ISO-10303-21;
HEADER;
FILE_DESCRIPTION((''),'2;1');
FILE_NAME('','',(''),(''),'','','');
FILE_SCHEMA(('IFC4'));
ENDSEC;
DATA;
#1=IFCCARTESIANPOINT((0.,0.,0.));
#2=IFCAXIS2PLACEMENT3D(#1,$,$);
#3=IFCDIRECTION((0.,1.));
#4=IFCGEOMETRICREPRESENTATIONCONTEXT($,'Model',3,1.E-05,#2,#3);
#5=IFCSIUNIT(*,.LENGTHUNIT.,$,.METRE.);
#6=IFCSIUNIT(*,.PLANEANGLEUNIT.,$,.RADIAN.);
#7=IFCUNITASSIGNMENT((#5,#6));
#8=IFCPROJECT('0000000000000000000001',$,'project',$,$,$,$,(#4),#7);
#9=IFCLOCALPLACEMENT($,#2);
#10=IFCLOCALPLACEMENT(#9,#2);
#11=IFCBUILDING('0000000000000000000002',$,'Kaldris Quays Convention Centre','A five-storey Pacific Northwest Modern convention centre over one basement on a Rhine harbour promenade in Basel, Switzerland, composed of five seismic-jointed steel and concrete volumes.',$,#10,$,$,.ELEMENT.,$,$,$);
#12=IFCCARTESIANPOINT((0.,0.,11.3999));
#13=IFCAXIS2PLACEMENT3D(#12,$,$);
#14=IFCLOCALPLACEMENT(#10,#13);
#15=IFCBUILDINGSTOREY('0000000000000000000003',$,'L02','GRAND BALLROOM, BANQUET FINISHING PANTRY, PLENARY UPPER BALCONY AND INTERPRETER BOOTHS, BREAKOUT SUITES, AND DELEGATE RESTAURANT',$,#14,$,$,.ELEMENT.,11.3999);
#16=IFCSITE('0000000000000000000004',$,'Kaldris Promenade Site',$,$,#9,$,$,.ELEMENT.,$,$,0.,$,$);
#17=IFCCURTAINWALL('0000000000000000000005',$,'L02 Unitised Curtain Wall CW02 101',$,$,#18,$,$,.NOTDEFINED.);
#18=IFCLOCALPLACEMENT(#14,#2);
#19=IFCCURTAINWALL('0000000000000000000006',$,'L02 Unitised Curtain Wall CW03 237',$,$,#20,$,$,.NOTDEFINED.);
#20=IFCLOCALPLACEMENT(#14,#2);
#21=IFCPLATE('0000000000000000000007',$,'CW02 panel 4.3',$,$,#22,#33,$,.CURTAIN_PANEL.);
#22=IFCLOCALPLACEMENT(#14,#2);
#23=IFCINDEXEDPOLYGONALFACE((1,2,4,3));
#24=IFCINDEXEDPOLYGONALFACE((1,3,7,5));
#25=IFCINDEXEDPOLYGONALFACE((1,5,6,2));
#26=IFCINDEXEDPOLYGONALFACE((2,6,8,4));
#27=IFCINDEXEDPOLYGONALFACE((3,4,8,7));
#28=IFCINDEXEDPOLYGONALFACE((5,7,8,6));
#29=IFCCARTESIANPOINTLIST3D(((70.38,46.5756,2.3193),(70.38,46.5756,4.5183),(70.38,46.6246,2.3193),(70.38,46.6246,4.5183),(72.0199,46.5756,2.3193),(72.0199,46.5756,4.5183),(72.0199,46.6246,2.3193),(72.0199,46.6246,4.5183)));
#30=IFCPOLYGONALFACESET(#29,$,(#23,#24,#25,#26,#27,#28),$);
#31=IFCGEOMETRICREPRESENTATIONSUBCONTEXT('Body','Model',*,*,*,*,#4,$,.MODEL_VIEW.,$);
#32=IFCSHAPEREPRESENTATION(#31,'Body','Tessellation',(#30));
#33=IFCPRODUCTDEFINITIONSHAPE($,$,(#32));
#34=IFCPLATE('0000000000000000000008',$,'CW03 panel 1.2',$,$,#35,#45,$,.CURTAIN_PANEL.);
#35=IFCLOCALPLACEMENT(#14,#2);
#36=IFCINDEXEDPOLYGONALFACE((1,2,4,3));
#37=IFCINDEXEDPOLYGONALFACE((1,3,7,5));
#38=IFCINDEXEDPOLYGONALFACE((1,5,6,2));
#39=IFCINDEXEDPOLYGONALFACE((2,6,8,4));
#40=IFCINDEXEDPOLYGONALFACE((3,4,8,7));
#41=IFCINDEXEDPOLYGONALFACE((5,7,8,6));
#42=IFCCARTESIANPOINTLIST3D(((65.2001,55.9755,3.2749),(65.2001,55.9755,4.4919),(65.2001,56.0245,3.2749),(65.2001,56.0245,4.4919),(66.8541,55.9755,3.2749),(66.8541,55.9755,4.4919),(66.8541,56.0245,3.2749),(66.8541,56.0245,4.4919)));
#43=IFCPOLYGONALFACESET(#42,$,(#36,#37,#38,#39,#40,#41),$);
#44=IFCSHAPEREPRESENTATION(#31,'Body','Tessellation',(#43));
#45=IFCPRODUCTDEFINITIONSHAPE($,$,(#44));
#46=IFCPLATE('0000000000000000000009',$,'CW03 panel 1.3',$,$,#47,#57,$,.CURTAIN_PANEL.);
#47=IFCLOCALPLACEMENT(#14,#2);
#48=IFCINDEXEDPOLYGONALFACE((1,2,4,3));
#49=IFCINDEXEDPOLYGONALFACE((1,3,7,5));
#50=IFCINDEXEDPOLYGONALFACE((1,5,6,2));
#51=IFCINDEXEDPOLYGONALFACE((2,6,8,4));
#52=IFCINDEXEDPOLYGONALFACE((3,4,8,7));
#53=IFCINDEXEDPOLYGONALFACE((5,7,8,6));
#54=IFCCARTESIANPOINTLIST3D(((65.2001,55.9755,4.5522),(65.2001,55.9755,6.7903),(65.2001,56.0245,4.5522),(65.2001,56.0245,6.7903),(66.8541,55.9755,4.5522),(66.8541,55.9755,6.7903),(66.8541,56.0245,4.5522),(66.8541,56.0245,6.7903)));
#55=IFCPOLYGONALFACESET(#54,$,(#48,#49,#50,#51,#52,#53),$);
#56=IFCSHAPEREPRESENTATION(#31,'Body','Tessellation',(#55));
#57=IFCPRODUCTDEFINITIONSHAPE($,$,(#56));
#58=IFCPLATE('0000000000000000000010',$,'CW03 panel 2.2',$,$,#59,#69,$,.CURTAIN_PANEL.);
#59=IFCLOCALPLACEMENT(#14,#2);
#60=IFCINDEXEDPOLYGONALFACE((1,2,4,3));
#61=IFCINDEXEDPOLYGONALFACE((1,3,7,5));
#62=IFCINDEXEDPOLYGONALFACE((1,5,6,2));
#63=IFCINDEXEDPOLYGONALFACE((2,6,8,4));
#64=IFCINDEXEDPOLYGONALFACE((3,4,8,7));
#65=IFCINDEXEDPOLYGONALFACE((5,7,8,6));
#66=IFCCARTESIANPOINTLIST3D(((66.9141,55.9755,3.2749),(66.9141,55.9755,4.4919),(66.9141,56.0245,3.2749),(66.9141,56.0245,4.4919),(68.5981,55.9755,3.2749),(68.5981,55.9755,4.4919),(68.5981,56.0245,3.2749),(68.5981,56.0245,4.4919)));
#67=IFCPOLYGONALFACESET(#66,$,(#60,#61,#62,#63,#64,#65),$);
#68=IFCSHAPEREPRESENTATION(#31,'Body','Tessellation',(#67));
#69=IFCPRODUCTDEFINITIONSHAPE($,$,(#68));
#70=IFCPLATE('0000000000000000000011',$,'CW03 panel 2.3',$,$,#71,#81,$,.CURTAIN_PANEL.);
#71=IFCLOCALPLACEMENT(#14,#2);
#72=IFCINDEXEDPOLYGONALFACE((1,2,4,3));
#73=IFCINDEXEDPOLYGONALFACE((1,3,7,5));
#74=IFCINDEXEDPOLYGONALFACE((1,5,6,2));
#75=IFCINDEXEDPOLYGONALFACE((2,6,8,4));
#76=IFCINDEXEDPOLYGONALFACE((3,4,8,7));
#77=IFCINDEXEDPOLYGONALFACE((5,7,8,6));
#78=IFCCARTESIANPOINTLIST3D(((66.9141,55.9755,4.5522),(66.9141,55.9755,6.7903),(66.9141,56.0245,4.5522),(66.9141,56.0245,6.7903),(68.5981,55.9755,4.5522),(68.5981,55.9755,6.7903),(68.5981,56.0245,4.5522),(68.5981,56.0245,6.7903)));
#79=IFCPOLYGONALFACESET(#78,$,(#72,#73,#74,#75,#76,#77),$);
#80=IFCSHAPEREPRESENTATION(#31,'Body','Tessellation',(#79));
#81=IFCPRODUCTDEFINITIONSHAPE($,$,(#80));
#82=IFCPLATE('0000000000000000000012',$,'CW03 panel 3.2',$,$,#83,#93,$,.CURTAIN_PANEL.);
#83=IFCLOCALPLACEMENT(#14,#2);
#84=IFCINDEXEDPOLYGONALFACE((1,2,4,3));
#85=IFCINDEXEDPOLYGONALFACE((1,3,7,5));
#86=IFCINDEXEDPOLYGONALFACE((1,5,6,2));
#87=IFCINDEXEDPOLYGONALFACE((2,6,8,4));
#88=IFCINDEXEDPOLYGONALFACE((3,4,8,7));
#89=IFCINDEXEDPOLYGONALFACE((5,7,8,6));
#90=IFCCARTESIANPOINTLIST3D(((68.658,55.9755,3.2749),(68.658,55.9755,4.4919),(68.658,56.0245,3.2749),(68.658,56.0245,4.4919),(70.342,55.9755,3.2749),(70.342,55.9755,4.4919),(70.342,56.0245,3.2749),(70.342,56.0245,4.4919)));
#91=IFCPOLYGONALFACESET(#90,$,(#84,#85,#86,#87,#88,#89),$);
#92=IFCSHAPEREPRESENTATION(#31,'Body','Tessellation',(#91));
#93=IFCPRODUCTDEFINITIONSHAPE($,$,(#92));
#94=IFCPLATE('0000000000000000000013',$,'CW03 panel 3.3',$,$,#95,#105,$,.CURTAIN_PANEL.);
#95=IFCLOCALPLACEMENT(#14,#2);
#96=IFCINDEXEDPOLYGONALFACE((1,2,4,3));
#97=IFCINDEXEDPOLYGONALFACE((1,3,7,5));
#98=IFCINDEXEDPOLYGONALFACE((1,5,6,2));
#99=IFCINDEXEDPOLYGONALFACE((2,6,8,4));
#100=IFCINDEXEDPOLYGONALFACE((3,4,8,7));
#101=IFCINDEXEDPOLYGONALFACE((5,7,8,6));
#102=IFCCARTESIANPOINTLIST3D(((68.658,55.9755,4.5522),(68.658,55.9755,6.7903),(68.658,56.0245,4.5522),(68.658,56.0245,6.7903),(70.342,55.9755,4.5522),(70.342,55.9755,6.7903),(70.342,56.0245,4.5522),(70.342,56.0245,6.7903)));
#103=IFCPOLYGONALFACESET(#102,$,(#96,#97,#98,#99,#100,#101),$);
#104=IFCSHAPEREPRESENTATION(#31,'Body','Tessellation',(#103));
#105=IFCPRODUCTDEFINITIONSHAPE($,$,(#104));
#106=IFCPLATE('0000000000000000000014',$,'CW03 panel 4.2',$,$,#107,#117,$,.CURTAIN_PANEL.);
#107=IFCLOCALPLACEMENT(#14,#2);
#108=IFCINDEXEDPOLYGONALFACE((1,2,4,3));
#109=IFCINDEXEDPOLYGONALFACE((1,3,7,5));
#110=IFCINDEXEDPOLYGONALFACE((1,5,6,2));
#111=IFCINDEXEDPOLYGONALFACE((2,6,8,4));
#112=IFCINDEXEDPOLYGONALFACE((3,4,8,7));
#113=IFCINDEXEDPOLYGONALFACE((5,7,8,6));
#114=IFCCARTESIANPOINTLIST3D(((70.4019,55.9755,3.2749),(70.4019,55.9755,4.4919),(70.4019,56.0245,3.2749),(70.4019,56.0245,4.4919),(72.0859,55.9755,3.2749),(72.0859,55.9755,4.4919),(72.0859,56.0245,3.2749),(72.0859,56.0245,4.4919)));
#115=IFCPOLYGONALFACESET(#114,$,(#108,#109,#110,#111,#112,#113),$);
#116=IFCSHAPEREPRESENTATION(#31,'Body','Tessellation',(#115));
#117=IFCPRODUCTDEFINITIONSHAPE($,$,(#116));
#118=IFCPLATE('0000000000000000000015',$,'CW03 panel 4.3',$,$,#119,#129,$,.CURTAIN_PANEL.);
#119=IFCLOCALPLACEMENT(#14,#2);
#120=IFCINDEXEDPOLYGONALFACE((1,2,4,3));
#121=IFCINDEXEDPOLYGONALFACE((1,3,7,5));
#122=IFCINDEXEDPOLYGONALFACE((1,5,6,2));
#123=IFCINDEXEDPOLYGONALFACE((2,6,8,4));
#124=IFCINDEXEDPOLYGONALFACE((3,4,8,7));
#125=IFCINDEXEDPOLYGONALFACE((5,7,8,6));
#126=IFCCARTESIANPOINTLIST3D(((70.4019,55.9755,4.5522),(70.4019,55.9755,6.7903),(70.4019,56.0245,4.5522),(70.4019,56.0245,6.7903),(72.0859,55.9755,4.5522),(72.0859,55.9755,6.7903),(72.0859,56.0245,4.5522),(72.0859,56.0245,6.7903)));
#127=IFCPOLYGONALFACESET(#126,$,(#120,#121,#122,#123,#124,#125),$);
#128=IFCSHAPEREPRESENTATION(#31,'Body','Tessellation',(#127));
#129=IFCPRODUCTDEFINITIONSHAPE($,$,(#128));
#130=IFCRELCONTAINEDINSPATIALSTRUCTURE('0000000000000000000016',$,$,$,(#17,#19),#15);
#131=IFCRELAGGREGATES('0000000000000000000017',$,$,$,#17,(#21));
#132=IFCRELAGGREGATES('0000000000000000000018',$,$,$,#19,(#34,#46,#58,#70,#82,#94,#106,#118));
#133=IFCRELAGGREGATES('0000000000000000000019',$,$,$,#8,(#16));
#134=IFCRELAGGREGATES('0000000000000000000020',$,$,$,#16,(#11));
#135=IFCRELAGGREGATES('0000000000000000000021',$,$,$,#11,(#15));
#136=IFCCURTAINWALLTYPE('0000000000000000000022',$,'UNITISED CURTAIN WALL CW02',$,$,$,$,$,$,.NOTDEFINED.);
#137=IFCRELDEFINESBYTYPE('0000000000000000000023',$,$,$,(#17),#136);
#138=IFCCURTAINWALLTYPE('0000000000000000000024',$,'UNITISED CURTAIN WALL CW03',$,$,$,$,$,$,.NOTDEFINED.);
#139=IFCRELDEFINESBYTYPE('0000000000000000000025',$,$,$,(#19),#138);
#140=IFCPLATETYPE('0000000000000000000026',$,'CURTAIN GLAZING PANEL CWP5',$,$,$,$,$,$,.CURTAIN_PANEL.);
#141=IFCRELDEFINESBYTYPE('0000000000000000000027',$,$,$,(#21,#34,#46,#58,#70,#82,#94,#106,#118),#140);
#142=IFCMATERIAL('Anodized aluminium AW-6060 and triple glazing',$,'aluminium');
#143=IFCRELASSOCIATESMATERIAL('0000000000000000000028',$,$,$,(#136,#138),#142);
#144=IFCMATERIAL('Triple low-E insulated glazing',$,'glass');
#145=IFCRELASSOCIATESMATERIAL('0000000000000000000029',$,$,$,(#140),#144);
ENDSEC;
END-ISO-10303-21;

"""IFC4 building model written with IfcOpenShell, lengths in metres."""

from ifc_helpers import new_model, si_unit, direction, frame, origin, origin_2d, place, context, subcontext, project, spatial, rectangle, extrude, material, type_object, element, aggregate, save


model = new_model("IFC4")

# Units and contexts
model_context = context("Model", 3, precision=1e-05, world=origin(), true_north=direction((0.0, 1.0)))
body_context = subcontext(model_context, "Body", "Model", "MODEL_VIEW")
ifc_project = project(units=[si_unit("LENGTHUNIT", "METRE"), si_unit("PLANEANGLEUNIT", "RADIAN")], contexts=[model_context])

# Site, building, storey
site_placement = place(None, origin())
site = spatial("IfcSite", under=ifc_project, at=site_placement, Name="Kaldris Promenade Site", CompositionType="ELEMENT", RefElevation=0.0)
building_placement = place(site_placement, origin())
building = spatial("IfcBuilding", under=site, at=building_placement, Name="Kaldris Quays Convention Centre", Description="A five-storey Pacific Northwest Modern convention centre over one basement on a Rhine harbour promenade in Basel, Switzerland, composed of five seismic-jointed steel and concrete volumes.", CompositionType="ELEMENT")
storey_placement = place(building_placement, frame((0.0, 0.0, 11.3999)))
storey = spatial("IfcBuildingStorey", under=building, at=storey_placement, Name="L02", Description="GRAND BALLROOM, BANQUET FINISHING PANTRY, PLENARY UPPER BALCONY AND INTERPRETER BOOTHS, BREAKOUT SUITES, AND DELEGATE RESTAURANT", CompositionType="ELEMENT", Elevation=11.3999)

# Curtain walls
ifc_material_1 = material(Name="Anodized aluminium AW-6060 and triple glazing", Category="aluminium")
curtain_wall_type_1 = type_object("IfcCurtainWallType", Name="UNITISED CURTAIN WALL CW02", PredefinedType="NOTDEFINED", material=ifc_material_1)
curtain_wall_1_placement = place(storey_placement, origin())
curtain_wall_1 = element("IfcCurtainWall", 1, at=curtain_wall_1_placement, inside=storey, type_object=curtain_wall_type_1, Name="L02 Unitised Curtain Wall CW02 101", PredefinedType="NOTDEFINED")
curtain_wall_type_2 = type_object("IfcCurtainWallType", Name="UNITISED CURTAIN WALL CW03", PredefinedType="NOTDEFINED", material=ifc_material_1)
curtain_wall_2_placement = place(storey_placement, origin())
curtain_wall_2 = element("IfcCurtainWall", 2, at=curtain_wall_2_placement, inside=storey, type_object=curtain_wall_type_2, Name="L02 Unitised Curtain Wall CW03 237", PredefinedType="NOTDEFINED")

# Plates
ifc_material_2 = material(Name="Triple low-E insulated glazing", Category="glass")
plate_type = type_object("IfcPlateType", Name="CURTAIN GLAZING PANEL CWP5", PredefinedType="CURTAIN_PANEL", material=ifc_material_2)
plate_1_placement = place(storey_placement, frame((71.2, 46.6001, 2.3193), z_axis=(0.0, 0.0, 1.0), x_axis=(1.0, 0.0, 0.0)))
plate_1 = element("IfcPlate", 3, at=plate_1_placement, type_object=plate_type, Name="CW02 panel 4.3", PredefinedType="CURTAIN_PANEL", context=body_context, shape_type="SweptSolid", body=[
    extrude(rectangle(XDim=1.6399, YDim=0.0491, at=origin_2d()), origin(), (0.0, 0.0, 1.0), 2.199),
])
aggregate(curtain_wall_1, [plate_1])
plate_2_placement = place(storey_placement, frame((66.0271, 56.0, 3.2749), z_axis=(0.0, 0.0, 1.0), x_axis=(1.0, 0.0, 0.0)))
plate_2 = element("IfcPlate", 4, at=plate_2_placement, type_object=plate_type, Name="CW03 panel 1.2", PredefinedType="CURTAIN_PANEL", context=body_context, shape_type="SweptSolid", body=[
    extrude(rectangle(XDim=1.6541, YDim=0.0491, at=origin_2d()), origin(), (0.0, 0.0, 1.0), 1.217),
])
plate_3_placement = place(storey_placement, frame((66.0271, 56.0, 4.5522), z_axis=(0.0, 0.0, 1.0), x_axis=(1.0, 0.0, 0.0)))
plate_3 = element("IfcPlate", 5, at=plate_3_placement, type_object=plate_type, Name="CW03 panel 1.3", PredefinedType="CURTAIN_PANEL", context=body_context, shape_type="SweptSolid", body=[
    extrude(rectangle(XDim=1.6541, YDim=0.0491, at=origin_2d()), origin(), (0.0, 0.0, 1.0), 2.238),
])
plate_4_placement = place(storey_placement, frame((67.7561, 56.0, 3.2749), z_axis=(0.0, 0.0, 1.0), x_axis=(1.0, 0.0, 0.0)))
plate_4 = element("IfcPlate", 6, at=plate_4_placement, type_object=plate_type, Name="CW03 panel 2.2", PredefinedType="CURTAIN_PANEL", context=body_context, shape_type="SweptSolid", body=[
    extrude(rectangle(XDim=1.6841, YDim=0.0491, at=origin_2d()), origin(), (0.0, 0.0, 1.0), 1.217),
])
plate_5_placement = place(storey_placement, frame((67.7561, 56.0, 4.5522), z_axis=(0.0, 0.0, 1.0), x_axis=(1.0, 0.0, 0.0)))
plate_5 = element("IfcPlate", 7, at=plate_5_placement, type_object=plate_type, Name="CW03 panel 2.3", PredefinedType="CURTAIN_PANEL", context=body_context, shape_type="SweptSolid", body=[
    extrude(rectangle(XDim=1.6841, YDim=0.0491, at=origin_2d()), origin(), (0.0, 0.0, 1.0), 2.238),
])
plate_6_placement = place(storey_placement, frame((69.5, 56.0, 3.2749), z_axis=(0.0, 0.0, 1.0), x_axis=(1.0, 0.0, 0.0)))
plate_6 = element("IfcPlate", 8, at=plate_6_placement, type_object=plate_type, Name="CW03 panel 3.2", PredefinedType="CURTAIN_PANEL", context=body_context, shape_type="SweptSolid", body=[
    extrude(rectangle(XDim=1.6841, YDim=0.0491, at=origin_2d()), origin(), (0.0, 0.0, 1.0), 1.217),
])
plate_7_placement = place(storey_placement, frame((69.5, 56.0, 4.5522), z_axis=(0.0, 0.0, 1.0), x_axis=(1.0, 0.0, 0.0)))
plate_7 = element("IfcPlate", 9, at=plate_7_placement, type_object=plate_type, Name="CW03 panel 3.3", PredefinedType="CURTAIN_PANEL", context=body_context, shape_type="SweptSolid", body=[
    extrude(rectangle(XDim=1.6841, YDim=0.0491, at=origin_2d()), origin(), (0.0, 0.0, 1.0), 2.238),
])
plate_8_placement = place(storey_placement, frame((71.2439, 56.0, 3.2749), z_axis=(0.0, 0.0, 1.0), x_axis=(1.0, 0.0, 0.0)))
plate_8 = element("IfcPlate", 10, at=plate_8_placement, type_object=plate_type, Name="CW03 panel 4.2", PredefinedType="CURTAIN_PANEL", context=body_context, shape_type="SweptSolid", body=[
    extrude(rectangle(XDim=1.6841, YDim=0.0491, at=origin_2d()), origin(), (0.0, 0.0, 1.0), 1.217),
])
plate_9_placement = place(storey_placement, frame((71.2439, 56.0, 4.5522), z_axis=(0.0, 0.0, 1.0), x_axis=(1.0, 0.0, 0.0)))
plate_9 = element("IfcPlate", 11, at=plate_9_placement, type_object=plate_type, Name="CW03 panel 4.3", PredefinedType="CURTAIN_PANEL", context=body_context, shape_type="SweptSolid", body=[
    extrude(rectangle(XDim=1.6841, YDim=0.0491, at=origin_2d()), origin(), (0.0, 0.0, 1.0), 2.238),
])
aggregate(curtain_wall_2, [plate_2, plate_3, plate_4, plate_5, plate_6, plate_7, plate_8, plate_9])

save(model, "model.ifc")
